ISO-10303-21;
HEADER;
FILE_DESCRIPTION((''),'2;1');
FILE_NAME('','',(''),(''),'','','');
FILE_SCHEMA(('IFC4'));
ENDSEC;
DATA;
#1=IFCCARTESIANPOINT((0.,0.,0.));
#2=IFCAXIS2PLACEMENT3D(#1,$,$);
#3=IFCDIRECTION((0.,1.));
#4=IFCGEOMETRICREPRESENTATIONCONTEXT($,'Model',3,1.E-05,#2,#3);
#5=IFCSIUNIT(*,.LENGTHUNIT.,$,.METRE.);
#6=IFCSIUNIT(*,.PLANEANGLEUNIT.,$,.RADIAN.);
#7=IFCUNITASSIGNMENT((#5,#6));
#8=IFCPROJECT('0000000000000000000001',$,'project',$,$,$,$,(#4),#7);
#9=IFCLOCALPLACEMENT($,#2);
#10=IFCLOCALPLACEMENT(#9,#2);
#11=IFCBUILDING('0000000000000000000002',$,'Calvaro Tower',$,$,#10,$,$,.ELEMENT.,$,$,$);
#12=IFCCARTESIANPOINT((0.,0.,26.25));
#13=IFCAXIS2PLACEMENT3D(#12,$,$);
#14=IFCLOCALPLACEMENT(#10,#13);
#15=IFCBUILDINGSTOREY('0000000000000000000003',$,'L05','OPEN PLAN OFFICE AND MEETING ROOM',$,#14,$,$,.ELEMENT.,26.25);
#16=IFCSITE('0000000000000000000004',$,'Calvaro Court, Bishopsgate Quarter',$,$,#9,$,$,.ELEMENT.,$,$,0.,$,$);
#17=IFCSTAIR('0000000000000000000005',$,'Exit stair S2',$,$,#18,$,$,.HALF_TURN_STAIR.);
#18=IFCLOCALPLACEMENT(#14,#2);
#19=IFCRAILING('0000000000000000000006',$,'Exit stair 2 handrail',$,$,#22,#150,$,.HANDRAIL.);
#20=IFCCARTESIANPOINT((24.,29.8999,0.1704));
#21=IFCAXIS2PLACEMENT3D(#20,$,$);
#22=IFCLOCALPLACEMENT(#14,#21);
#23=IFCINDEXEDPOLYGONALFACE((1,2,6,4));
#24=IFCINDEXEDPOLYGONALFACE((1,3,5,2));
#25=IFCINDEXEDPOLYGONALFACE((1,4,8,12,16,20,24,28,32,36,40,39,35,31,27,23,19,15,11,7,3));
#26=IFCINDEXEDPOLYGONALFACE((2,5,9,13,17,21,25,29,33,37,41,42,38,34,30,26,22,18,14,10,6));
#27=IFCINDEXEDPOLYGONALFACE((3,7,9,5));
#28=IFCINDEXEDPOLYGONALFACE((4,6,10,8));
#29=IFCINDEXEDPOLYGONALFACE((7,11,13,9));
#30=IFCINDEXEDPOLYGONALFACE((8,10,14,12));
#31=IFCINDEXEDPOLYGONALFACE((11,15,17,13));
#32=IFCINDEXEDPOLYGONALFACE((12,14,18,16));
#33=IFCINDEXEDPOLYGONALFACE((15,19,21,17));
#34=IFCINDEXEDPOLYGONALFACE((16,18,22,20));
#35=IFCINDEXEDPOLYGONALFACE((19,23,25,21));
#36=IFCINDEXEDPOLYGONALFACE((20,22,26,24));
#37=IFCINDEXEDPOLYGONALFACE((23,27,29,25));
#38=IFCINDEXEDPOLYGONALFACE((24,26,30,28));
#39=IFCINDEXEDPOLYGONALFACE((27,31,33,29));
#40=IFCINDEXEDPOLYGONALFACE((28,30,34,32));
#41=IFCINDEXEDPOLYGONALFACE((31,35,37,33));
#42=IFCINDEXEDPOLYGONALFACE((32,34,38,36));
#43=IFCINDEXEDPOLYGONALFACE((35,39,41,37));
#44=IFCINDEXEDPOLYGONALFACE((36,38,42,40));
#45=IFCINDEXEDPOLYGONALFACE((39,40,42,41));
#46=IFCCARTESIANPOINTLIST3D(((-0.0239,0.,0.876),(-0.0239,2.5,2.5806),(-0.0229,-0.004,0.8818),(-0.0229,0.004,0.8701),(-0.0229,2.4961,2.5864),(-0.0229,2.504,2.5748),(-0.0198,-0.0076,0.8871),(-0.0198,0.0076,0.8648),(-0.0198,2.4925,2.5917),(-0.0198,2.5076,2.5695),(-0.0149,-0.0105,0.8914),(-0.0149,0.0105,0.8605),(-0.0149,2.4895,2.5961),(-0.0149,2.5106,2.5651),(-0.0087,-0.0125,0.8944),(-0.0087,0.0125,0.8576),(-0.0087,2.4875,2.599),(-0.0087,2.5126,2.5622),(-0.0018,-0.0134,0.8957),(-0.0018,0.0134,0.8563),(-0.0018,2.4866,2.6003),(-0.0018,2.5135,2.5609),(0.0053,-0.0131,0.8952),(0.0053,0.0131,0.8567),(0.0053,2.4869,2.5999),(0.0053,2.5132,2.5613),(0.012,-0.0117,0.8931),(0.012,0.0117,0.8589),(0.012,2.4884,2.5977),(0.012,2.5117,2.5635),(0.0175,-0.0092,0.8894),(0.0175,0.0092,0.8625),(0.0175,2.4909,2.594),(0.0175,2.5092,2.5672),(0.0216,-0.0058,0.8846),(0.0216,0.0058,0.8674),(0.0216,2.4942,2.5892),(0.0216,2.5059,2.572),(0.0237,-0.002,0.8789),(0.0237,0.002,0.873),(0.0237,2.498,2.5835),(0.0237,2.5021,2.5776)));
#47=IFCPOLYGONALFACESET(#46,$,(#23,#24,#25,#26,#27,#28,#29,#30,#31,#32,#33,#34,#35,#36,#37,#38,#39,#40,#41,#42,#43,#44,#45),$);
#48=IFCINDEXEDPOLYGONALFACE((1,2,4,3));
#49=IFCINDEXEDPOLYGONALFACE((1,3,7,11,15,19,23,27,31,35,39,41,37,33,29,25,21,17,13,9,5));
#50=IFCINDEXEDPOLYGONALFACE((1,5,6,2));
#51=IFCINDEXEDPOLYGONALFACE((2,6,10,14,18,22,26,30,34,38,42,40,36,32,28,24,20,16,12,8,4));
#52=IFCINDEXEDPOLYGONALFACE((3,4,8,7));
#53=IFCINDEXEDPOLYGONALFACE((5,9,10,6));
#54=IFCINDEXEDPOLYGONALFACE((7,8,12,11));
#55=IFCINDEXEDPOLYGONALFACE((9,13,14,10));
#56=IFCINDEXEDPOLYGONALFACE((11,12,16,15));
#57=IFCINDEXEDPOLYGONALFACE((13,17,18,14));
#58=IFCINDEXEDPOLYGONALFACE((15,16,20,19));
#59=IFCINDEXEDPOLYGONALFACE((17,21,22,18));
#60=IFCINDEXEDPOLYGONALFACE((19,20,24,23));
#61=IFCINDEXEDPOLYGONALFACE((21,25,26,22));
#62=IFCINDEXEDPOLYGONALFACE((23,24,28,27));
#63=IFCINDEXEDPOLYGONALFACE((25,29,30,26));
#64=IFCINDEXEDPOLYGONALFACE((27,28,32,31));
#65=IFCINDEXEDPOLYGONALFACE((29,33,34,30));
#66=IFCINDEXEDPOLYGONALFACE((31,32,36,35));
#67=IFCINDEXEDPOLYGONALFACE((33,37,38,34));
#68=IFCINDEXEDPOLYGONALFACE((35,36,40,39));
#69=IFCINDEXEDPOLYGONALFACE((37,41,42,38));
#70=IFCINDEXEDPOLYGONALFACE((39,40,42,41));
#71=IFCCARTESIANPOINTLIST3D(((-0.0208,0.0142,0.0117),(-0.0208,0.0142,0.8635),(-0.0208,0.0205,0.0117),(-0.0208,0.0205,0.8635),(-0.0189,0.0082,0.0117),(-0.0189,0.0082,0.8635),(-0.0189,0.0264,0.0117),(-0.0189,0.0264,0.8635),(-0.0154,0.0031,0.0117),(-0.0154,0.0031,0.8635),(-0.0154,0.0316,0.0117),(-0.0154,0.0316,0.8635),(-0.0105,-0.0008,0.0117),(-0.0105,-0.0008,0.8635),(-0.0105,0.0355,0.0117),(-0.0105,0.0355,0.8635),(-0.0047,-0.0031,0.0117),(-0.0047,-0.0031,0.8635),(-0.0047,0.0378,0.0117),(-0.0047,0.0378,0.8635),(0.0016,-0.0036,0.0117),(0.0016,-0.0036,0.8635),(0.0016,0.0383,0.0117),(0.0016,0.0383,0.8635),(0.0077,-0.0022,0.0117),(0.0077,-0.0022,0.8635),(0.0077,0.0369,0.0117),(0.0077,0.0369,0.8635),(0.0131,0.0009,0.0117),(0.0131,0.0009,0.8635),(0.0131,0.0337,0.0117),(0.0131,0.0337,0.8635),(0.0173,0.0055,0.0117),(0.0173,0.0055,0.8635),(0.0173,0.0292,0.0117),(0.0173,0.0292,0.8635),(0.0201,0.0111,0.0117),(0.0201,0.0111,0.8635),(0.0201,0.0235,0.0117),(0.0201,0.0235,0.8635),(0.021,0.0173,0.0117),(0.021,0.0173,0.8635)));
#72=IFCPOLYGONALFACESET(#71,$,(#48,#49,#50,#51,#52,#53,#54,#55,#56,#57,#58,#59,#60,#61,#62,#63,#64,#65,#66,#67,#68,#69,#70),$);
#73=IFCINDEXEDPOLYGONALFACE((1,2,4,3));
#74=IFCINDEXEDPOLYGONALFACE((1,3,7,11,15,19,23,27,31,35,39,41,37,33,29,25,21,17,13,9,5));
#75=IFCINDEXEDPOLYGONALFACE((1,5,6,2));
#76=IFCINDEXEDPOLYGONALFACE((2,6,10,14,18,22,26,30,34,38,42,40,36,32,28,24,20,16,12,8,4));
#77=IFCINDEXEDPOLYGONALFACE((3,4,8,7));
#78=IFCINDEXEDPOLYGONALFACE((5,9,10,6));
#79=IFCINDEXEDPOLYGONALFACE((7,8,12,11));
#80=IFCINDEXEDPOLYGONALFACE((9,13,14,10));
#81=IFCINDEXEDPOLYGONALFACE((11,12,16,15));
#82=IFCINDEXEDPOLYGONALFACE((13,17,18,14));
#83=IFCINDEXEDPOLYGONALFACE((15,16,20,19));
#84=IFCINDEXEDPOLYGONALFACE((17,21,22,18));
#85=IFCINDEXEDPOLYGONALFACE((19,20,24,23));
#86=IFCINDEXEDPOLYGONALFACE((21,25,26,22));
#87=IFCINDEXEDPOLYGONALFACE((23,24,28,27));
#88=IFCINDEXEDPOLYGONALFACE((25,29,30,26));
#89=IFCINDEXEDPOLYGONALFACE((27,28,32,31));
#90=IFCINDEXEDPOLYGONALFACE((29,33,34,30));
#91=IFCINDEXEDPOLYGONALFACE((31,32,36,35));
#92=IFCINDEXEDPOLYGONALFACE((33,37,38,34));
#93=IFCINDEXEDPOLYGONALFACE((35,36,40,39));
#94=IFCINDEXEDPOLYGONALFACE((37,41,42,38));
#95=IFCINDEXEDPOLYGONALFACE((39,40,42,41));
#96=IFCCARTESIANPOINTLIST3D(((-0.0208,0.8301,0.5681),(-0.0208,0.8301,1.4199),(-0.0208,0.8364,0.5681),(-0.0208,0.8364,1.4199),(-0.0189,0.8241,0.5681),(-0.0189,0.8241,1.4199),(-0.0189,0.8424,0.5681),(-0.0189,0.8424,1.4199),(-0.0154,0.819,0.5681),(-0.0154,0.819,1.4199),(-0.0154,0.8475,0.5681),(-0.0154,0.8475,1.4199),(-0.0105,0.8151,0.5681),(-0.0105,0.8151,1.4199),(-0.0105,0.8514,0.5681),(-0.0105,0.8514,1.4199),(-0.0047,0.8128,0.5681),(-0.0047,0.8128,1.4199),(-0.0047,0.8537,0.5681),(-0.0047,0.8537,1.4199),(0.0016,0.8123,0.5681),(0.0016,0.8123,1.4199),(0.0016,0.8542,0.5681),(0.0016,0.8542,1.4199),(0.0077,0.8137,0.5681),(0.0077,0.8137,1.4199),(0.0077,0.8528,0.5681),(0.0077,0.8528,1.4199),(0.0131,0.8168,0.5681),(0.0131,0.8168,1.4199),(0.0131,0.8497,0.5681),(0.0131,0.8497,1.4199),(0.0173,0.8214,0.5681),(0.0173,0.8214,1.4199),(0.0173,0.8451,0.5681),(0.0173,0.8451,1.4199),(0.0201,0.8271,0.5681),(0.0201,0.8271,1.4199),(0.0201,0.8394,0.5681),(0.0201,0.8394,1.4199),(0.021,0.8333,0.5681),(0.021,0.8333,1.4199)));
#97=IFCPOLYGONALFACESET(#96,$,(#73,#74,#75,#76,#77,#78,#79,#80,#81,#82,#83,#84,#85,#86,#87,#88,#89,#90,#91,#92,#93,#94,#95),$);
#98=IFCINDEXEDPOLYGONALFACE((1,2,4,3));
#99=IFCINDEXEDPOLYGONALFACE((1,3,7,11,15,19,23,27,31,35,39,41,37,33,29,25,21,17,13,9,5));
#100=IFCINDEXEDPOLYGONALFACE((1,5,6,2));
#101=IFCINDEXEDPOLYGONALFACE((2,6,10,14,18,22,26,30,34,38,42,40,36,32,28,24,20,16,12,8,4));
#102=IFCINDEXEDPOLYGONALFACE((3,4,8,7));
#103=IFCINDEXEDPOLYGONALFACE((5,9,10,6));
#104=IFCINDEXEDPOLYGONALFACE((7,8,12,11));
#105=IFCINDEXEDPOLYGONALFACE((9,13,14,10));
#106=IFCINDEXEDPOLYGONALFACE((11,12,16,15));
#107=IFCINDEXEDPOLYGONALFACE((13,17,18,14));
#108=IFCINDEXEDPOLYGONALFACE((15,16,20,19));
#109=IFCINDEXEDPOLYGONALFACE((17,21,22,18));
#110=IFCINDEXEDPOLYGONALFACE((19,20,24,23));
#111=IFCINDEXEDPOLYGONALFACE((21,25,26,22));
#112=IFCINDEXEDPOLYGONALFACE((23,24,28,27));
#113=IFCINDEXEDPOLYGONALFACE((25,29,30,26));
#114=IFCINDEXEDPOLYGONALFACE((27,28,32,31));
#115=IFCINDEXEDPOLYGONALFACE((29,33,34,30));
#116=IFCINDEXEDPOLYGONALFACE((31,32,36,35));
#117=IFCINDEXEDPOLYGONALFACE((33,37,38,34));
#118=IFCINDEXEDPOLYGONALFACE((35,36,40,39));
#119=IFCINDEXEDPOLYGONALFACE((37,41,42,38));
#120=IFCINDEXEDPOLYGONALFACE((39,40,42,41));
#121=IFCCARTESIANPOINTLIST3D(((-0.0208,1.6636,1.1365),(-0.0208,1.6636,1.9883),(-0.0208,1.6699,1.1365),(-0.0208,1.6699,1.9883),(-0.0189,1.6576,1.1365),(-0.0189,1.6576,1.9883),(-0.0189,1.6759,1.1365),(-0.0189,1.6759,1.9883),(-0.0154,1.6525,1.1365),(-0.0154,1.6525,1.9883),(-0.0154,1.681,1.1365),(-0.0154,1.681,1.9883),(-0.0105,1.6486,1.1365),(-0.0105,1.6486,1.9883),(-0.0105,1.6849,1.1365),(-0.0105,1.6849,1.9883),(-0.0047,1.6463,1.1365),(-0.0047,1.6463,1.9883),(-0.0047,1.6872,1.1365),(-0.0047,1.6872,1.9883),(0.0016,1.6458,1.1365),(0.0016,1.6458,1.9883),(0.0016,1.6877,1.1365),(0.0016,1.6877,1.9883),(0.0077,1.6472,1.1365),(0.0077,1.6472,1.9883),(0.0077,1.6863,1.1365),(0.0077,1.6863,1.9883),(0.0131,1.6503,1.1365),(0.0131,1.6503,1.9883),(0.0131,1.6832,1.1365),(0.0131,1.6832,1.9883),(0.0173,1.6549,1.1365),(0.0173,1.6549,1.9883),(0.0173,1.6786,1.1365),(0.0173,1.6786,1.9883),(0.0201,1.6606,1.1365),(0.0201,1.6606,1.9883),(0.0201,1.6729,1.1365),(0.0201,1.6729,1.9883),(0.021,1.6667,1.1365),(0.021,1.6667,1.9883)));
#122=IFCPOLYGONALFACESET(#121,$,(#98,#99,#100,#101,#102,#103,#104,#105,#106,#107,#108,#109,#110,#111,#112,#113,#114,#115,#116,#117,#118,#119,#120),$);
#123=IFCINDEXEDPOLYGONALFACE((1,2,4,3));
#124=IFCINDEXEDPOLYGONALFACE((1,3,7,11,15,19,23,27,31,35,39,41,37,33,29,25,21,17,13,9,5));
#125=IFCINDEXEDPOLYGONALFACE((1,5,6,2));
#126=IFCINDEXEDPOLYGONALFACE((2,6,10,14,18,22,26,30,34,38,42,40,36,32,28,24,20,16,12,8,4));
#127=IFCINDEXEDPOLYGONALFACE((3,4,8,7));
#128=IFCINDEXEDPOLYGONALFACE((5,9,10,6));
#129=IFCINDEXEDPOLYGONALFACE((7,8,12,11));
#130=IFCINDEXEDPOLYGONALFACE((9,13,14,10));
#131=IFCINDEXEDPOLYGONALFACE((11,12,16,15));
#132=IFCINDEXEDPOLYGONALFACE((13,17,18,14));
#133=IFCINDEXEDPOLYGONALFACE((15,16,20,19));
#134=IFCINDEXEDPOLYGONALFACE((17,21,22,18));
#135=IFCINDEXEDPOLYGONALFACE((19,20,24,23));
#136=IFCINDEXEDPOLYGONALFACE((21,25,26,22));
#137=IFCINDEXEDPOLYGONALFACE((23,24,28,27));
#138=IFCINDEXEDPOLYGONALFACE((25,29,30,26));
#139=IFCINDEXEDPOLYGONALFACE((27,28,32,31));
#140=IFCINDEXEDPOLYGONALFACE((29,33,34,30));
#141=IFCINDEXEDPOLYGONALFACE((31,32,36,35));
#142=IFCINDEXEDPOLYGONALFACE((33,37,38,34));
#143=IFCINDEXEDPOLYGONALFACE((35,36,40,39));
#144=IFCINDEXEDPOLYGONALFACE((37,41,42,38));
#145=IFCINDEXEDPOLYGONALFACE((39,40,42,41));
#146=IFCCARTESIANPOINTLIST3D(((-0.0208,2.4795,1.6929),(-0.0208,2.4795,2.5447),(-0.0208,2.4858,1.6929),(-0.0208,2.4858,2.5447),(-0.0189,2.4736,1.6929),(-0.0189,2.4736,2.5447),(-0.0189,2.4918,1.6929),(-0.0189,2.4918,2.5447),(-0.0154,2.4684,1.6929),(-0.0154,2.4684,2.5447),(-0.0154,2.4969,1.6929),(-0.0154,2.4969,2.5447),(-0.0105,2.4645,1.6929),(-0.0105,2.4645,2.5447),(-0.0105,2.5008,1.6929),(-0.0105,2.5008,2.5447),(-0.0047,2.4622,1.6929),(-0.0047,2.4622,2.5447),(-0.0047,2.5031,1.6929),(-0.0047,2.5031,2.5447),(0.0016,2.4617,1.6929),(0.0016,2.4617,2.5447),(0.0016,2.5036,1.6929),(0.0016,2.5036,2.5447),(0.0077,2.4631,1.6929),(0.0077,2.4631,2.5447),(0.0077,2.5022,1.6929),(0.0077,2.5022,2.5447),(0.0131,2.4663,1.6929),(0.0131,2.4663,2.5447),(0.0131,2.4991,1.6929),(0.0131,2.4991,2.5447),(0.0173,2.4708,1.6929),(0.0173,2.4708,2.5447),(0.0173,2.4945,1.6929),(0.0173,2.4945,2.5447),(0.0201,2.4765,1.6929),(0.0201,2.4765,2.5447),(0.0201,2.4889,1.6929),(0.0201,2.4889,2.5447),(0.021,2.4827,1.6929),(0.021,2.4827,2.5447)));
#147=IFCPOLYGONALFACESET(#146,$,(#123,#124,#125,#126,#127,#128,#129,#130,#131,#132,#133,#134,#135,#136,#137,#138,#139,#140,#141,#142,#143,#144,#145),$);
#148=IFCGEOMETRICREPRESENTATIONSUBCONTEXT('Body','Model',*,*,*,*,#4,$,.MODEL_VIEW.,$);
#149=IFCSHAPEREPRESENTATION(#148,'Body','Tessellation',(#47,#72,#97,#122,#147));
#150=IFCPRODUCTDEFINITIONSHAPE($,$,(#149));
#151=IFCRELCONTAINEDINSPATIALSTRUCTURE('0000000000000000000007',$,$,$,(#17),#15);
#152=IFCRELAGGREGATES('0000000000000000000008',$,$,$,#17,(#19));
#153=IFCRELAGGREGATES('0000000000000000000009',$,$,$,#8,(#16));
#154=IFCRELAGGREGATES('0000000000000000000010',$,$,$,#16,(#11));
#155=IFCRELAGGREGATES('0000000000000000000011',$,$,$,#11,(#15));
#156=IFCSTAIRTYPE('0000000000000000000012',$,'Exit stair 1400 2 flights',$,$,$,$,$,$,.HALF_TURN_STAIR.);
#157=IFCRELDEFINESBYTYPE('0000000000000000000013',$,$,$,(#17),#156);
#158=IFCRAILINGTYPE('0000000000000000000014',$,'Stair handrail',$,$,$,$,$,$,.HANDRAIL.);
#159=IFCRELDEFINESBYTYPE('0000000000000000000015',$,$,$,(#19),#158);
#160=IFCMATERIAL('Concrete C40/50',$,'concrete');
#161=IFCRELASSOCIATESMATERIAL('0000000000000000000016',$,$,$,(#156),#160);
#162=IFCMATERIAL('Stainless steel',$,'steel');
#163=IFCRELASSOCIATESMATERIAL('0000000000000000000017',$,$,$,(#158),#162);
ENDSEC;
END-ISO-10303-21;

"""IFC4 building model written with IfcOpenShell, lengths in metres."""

from ifc_helpers import new_model, si_unit, direction, frame, origin, origin_2d, place, context, subcontext, project, spatial, circle, extrude, material, type_object, element, aggregate, save


model = new_model("IFC4")

# Units and contexts
model_context = context("Model", 3, precision=1e-05, world=origin(), true_north=direction((0.0, 1.0)))
body_context = subcontext(model_context, "Body", "Model", "MODEL_VIEW")
ifc_project = project(units=[si_unit("LENGTHUNIT", "METRE"), si_unit("PLANEANGLEUNIT", "RADIAN")], contexts=[model_context])

# Site, building, storey
site_placement = place(None, origin())
site = spatial("IfcSite", under=ifc_project, at=site_placement, Name="Calvaro Court, Bishopsgate Quarter", CompositionType="ELEMENT", RefElevation=0.0)
building_placement = place(site_placement, origin())
building = spatial("IfcBuilding", under=site, at=building_placement, Name="Calvaro Tower", CompositionType="ELEMENT")
storey_placement = place(building_placement, frame((0.0, 0.0, 26.25)))
storey = spatial("IfcBuildingStorey", under=building, at=storey_placement, Name="L05", Description="OPEN PLAN OFFICE AND MEETING ROOM", CompositionType="ELEMENT", Elevation=26.25)

# Stair, railing
ifc_material_1 = material(Name="Concrete C40/50", Category="concrete")
stair_type = type_object("IfcStairType", Name="Exit stair 1400 2 flights", PredefinedType="HALF_TURN_STAIR", material=ifc_material_1)
stair_placement = place(storey_placement, origin())
stair = element("IfcStair", 1, at=stair_placement, inside=storey, type_object=stair_type, Name="Exit stair S2", PredefinedType="HALF_TURN_STAIR")
ifc_material_2 = material(Name="Stainless steel", Category="steel")
railing_type = type_object("IfcRailingType", Name="Stair handrail", PredefinedType="HANDRAIL", material=ifc_material_2)
railing_placement = place(storey_placement, frame((24.0, 29.8999, 0.1704)))
railing = element("IfcRailing", 2, at=railing_placement, type_object=railing_type, Name="Exit stair 2 handrail", PredefinedType="HANDRAIL", context=body_context, shape_type="SweptSolid", body=[
    extrude(circle(Radius=0.0239, at=origin_2d()), frame((0.0, 0.0, 0.876), z_axis=(0.0, 0.826221, 0.563347), x_axis=(-1.0, 0.0, 0.0)), (0.0, 0.0, 1.0), 3.0259),
    extrude(circle(Radius=0.021, at=origin_2d()), frame((0.0, 0.0173, 0.0117)), (0.0, 0.0, 1.0), 0.8518),
    extrude(circle(Radius=0.021, at=origin_2d()), frame((0.0, 0.8333, 0.5681)), (0.0, 0.0, 1.0), 0.8518),
    extrude(circle(Radius=0.021, at=origin_2d()), frame((0.0, 1.6667, 1.1365)), (0.0, 0.0, 1.0), 0.8518),
    extrude(circle(Radius=0.021, at=origin_2d()), frame((0.0, 2.4827, 1.6929)), (0.0, 0.0, 1.0), 0.8518),
])
aggregate(stair, [railing])

save(model, "model.ifc")
